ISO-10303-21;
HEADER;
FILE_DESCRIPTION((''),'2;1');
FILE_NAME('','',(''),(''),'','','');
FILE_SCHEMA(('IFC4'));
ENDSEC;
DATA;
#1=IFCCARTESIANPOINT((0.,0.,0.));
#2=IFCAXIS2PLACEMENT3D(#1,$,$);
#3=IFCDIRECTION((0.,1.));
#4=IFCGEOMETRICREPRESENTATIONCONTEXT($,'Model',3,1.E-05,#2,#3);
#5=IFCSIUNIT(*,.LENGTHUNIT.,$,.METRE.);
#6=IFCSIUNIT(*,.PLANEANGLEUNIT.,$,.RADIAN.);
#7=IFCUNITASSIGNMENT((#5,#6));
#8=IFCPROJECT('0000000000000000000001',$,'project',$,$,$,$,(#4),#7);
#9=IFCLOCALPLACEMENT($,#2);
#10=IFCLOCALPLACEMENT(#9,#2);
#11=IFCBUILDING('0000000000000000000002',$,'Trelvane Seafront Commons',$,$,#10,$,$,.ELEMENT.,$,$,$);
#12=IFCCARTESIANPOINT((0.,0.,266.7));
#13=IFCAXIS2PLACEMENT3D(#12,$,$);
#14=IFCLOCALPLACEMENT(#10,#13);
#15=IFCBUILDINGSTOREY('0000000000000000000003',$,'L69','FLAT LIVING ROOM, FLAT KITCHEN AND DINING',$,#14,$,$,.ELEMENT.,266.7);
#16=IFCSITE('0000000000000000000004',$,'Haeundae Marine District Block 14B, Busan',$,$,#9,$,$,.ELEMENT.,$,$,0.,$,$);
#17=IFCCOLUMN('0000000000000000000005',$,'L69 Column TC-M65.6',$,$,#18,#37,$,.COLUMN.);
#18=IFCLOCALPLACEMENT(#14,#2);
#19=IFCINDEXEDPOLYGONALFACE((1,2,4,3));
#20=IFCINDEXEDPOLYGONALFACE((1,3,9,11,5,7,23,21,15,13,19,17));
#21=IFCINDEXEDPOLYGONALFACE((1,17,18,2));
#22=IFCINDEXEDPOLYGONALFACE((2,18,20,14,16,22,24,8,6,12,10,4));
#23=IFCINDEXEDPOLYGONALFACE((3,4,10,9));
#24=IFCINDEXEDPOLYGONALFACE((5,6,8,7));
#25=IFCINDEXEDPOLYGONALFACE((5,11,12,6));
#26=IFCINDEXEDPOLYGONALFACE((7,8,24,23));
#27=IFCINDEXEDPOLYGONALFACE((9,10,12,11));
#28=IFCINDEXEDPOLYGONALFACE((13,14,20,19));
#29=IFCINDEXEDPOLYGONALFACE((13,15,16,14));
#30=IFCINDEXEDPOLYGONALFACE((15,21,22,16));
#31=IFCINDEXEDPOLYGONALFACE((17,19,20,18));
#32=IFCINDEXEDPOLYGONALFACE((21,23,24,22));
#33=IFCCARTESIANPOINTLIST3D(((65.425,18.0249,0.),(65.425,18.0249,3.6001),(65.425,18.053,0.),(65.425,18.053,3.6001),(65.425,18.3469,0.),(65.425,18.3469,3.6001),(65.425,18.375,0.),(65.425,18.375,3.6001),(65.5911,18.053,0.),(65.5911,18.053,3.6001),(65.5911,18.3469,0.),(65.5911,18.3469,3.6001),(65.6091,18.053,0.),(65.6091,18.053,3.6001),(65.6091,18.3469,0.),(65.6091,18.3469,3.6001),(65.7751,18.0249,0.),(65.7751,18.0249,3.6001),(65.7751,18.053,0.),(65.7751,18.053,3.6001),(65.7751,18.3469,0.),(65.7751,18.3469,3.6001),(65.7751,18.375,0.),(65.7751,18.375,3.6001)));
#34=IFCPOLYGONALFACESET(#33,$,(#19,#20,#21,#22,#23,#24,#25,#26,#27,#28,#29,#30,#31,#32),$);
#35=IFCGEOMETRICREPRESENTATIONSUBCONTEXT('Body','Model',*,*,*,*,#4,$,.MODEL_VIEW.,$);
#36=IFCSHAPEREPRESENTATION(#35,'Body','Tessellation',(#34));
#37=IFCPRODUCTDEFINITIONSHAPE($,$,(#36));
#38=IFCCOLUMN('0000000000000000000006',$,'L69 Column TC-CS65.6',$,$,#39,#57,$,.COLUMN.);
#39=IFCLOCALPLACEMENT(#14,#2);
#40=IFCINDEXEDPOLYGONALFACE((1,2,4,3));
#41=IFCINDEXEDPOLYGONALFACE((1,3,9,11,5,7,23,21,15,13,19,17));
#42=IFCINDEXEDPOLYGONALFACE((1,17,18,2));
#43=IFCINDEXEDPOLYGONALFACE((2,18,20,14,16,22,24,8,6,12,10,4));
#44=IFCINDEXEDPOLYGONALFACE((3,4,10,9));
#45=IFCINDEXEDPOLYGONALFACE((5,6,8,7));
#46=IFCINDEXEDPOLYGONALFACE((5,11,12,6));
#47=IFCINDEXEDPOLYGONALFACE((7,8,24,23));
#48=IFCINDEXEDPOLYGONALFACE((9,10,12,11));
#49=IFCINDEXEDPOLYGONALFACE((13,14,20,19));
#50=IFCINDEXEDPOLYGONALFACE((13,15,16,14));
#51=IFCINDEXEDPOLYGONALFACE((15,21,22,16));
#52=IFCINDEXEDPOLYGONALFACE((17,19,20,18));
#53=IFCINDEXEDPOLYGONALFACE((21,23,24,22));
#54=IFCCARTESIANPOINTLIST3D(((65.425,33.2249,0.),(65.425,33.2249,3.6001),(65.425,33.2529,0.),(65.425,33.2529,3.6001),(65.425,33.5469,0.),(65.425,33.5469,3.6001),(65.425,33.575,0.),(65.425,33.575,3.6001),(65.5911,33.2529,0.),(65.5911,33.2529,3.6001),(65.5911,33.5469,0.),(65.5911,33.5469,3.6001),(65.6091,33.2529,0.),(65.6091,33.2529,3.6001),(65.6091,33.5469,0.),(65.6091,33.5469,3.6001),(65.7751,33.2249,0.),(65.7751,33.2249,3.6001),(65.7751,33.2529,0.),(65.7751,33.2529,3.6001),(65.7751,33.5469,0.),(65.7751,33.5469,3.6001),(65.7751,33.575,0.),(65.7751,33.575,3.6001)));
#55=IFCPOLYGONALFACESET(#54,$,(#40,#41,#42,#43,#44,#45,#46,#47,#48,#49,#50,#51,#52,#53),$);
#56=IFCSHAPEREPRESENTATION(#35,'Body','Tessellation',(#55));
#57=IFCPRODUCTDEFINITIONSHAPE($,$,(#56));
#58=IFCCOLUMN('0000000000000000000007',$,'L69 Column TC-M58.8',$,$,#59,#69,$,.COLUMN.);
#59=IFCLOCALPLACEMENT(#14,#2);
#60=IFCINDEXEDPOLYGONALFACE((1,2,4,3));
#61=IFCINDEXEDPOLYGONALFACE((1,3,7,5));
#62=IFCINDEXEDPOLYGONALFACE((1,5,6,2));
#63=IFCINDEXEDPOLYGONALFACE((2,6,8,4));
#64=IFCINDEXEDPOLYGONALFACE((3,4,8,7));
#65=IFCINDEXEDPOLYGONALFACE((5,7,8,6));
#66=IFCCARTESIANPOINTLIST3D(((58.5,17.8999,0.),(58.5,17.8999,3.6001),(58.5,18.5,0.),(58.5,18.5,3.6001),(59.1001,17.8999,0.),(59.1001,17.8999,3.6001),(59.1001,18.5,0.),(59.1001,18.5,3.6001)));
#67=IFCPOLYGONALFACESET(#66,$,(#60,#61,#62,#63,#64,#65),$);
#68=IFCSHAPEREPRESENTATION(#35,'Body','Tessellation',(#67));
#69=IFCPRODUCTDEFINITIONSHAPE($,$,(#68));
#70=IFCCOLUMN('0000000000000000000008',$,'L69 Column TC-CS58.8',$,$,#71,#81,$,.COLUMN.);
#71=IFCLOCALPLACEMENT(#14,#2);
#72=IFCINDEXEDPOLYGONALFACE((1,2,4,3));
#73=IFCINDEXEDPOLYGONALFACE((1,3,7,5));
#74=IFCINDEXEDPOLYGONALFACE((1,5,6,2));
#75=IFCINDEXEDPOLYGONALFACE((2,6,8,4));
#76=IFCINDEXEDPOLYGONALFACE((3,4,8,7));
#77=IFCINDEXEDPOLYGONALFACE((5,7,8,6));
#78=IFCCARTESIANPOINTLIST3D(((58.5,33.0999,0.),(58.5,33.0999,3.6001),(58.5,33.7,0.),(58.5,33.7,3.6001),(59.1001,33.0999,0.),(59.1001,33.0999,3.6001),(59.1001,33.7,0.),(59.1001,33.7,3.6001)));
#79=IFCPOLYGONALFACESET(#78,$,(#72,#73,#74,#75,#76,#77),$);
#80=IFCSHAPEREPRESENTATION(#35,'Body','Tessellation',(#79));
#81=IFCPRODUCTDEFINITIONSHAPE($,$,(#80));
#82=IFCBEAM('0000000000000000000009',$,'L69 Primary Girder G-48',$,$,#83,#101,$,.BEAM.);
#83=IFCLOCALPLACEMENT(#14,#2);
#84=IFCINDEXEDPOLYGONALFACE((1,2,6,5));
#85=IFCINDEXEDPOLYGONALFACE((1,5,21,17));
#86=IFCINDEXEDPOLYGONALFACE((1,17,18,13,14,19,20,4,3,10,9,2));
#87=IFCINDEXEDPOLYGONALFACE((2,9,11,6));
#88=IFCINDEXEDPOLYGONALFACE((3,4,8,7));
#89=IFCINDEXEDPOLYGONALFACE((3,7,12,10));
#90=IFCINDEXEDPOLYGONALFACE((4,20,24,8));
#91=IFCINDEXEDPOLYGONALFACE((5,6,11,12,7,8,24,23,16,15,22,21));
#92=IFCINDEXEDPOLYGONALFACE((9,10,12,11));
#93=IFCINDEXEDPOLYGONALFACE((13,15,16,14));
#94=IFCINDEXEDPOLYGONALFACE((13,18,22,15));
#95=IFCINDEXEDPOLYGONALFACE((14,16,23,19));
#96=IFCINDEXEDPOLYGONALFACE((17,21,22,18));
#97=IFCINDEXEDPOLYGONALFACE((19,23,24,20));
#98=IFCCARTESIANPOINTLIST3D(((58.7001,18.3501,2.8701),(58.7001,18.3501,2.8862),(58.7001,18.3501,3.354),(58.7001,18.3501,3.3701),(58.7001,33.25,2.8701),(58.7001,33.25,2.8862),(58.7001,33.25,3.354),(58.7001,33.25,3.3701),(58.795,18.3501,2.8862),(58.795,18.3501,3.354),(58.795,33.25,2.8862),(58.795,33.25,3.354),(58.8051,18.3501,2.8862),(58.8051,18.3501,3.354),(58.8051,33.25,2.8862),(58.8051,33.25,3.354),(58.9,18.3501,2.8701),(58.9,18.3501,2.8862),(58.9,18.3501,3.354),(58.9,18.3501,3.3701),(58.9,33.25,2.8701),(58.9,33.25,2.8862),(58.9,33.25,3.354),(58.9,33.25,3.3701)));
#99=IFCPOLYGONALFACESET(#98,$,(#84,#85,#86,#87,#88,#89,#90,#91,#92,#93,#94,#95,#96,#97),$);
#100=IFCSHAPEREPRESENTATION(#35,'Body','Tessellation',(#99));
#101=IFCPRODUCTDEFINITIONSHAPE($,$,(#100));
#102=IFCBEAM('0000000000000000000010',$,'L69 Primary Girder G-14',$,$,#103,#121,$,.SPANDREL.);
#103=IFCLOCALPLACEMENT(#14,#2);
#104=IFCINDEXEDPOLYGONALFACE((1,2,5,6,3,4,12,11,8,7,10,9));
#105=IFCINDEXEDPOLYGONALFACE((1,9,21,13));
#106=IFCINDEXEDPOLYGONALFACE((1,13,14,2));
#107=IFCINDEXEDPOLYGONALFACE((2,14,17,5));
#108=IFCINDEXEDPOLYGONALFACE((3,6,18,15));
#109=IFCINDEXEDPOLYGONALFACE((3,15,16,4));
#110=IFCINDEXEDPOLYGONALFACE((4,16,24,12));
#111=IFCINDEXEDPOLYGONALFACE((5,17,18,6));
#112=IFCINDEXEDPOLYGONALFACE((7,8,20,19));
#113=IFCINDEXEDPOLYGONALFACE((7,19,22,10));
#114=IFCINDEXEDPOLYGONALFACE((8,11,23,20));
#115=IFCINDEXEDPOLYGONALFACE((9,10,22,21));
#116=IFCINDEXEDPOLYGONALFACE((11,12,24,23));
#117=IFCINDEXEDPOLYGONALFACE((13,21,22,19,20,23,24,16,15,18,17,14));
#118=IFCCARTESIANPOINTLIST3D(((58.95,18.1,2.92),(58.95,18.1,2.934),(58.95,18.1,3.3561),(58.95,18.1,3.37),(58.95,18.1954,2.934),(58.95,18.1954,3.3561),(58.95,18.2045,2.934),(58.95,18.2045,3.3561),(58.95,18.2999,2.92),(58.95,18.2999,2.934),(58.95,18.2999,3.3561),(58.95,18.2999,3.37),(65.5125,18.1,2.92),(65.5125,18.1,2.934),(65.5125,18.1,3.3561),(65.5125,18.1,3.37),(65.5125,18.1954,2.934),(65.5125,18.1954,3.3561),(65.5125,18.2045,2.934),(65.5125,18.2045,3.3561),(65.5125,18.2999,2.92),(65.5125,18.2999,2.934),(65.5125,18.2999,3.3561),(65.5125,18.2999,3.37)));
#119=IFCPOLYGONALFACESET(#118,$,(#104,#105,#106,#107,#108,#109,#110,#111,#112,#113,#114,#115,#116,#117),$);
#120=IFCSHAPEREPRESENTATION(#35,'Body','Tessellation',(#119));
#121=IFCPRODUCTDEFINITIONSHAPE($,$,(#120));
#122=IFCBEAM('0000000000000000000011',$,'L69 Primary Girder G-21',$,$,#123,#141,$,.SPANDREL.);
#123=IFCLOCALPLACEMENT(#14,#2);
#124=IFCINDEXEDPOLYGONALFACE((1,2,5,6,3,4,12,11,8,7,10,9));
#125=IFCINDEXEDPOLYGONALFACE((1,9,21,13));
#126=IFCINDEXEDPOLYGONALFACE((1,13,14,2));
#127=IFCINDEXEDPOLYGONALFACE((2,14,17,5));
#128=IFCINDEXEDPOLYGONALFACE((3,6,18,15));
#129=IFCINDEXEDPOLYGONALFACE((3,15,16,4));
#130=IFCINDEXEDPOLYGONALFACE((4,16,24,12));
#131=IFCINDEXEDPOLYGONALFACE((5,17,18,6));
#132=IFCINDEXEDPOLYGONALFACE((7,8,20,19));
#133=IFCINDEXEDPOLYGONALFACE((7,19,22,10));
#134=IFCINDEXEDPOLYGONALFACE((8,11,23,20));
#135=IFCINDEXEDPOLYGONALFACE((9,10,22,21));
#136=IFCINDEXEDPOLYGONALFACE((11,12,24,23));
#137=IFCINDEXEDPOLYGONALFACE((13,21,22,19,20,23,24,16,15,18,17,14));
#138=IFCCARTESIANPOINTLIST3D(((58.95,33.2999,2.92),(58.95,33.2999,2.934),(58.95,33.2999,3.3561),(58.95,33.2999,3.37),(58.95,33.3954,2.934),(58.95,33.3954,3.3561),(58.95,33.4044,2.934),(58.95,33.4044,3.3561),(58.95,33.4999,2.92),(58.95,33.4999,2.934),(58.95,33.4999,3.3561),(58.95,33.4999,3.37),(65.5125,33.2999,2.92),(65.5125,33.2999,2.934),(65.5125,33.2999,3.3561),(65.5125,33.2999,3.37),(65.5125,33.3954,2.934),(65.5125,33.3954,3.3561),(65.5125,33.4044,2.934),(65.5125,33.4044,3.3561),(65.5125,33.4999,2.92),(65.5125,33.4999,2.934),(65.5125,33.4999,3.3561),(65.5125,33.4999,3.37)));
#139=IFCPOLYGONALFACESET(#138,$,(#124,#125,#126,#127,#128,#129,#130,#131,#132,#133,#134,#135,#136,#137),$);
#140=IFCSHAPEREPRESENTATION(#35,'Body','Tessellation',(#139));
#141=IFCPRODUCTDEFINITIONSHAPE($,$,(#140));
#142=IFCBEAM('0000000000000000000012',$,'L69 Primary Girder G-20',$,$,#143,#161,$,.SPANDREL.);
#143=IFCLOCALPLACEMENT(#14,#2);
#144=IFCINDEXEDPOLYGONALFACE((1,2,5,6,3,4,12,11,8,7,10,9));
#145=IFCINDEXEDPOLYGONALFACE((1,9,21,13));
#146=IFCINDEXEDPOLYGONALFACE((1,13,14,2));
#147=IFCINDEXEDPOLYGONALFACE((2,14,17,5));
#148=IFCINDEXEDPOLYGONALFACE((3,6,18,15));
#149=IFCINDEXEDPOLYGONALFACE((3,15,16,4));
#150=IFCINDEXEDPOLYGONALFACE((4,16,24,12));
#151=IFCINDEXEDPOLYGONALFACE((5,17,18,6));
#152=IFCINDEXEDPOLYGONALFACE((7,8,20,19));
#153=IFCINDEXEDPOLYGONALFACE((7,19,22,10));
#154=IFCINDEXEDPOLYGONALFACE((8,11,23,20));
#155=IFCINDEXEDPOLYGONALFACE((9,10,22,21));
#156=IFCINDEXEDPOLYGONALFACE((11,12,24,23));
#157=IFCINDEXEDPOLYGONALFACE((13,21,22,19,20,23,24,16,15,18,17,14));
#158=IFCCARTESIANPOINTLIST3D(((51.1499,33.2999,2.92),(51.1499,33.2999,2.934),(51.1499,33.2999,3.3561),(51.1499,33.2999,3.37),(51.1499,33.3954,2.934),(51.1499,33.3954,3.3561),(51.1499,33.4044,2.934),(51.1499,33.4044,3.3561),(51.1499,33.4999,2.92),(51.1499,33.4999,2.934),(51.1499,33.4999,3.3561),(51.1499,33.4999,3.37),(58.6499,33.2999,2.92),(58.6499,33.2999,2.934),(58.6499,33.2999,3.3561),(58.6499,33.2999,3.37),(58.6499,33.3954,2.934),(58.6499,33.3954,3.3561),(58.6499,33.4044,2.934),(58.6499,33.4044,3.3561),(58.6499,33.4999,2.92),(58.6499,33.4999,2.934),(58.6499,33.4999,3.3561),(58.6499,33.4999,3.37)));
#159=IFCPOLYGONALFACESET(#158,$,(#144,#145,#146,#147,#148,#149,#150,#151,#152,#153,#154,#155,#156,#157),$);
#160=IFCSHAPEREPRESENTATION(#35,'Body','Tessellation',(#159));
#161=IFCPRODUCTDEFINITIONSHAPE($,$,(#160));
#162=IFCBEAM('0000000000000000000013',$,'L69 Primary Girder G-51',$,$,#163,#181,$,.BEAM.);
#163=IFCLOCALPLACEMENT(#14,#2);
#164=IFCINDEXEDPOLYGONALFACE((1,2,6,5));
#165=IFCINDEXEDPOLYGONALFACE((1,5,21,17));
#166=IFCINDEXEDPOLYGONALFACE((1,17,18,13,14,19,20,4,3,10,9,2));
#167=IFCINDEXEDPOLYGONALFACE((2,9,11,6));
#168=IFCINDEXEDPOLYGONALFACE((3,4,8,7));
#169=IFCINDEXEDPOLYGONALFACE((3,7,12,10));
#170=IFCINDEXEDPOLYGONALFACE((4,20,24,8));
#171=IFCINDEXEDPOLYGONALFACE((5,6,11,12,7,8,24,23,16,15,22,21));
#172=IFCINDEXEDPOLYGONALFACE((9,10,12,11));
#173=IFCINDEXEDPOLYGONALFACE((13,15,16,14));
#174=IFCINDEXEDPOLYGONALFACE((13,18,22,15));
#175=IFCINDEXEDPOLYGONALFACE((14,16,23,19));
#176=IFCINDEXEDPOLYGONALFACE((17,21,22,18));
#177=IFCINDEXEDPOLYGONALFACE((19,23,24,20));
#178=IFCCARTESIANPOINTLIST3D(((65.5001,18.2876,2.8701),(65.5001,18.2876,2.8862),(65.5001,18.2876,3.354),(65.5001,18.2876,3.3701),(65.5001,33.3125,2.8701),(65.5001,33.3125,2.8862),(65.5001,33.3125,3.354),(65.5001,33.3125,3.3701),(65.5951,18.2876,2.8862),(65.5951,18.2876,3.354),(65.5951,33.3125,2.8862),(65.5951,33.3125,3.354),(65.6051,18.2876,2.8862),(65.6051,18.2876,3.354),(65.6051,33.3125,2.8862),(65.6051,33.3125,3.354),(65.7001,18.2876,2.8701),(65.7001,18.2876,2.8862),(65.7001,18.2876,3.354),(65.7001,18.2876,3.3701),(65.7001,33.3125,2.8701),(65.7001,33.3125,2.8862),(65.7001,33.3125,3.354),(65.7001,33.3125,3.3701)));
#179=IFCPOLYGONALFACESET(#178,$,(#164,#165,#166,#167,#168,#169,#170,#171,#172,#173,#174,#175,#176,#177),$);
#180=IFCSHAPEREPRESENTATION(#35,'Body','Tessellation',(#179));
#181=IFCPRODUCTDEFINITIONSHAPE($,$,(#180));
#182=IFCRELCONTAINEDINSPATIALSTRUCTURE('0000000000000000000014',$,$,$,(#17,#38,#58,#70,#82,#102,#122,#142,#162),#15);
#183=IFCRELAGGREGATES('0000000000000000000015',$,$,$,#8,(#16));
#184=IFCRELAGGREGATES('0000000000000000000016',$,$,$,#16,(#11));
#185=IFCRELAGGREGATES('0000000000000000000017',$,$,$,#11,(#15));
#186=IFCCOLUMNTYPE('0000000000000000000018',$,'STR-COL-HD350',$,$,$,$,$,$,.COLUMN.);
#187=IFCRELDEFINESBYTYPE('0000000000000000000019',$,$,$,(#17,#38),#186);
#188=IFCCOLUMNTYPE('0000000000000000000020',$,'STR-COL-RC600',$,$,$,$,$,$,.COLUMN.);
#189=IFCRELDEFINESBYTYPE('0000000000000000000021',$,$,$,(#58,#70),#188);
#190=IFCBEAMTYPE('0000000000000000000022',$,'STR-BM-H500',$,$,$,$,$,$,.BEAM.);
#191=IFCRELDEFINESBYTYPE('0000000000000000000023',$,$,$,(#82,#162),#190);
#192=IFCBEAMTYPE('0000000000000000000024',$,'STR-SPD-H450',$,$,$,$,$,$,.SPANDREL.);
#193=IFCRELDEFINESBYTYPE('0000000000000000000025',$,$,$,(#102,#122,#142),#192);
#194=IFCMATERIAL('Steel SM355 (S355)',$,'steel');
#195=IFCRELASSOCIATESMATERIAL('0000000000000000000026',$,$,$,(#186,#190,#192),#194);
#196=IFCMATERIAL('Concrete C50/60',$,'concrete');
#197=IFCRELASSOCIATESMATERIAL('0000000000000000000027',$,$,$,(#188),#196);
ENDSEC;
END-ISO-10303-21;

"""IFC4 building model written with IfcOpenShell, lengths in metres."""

from ifc_helpers import new_model, si_unit, direction, frame, origin, origin_2d, place, context, subcontext, project, spatial, rectangle, i_section, extrude, source, transform, mapped, material, material_profile, profile_set, type_object, element, save


model = new_model("IFC4")

# Units and contexts
model_context = context("Model", 3, precision=1e-05, world=origin(), true_north=direction((0.0, 1.0)))
body_context = subcontext(model_context, "Body", "Model", "MODEL_VIEW")
ifc_project = project(units=[si_unit("LENGTHUNIT", "METRE"), si_unit("PLANEANGLEUNIT", "RADIAN")], contexts=[model_context])

# Site, building, storey
site_placement = place(None, origin())
site = spatial("IfcSite", under=ifc_project, at=site_placement, Name="Haeundae Marine District Block 14B, Busan", CompositionType="ELEMENT", RefElevation=0.0)
building_placement = place(site_placement, origin())
building = spatial("IfcBuilding", under=site, at=building_placement, Name="Trelvane Seafront Commons", CompositionType="ELEMENT")
storey_placement = place(building_placement, frame((0.0, 0.0, 266.7)))
storey = spatial("IfcBuildingStorey", under=building, at=storey_placement, Name="L69", Description="FLAT LIVING ROOM, FLAT KITCHEN AND DINING", CompositionType="ELEMENT", Elevation=266.7)

# Columns
ifc_material_1 = material(Name="Steel SM355 (S355)", Category="steel")
ifc_material_profile_1 = material_profile(ifc_material_1, i_section(OverallWidth=0.3501, OverallDepth=0.3501, WebThickness=0.0181, FlangeThickness=0.0281, at=origin_2d()), Name="HD-350x350x18x28")
ifc_profile_set_1 = profile_set([ifc_material_profile_1], Name="Steel SM355 (S355)")
column_type_1 = type_object("IfcColumnType", Name="STR-COL-HD350", PredefinedType="COLUMN", material=ifc_profile_set_1)
shared_shape_1 = source(origin(), body_context, "Body", "SweptSolid", [
    extrude(i_section(OverallWidth=0.3501, OverallDepth=0.3501, WebThickness=0.0181, FlangeThickness=0.0281, at=origin_2d()), origin(), (0.0, 0.0, 1.0), 3.6001),
])
for number, where, z_axis, x_axis, name in (
    (1, (65.6001, 18.2, 0.0), (0.0, 0.0, 1.0), (1.0, 0.0, 0.0), "L69 Column TC-M65.6"),
    (2, (65.6001, 33.3999, 0.0), (0.0, 0.0, 1.0), (1.0, 0.0, 0.0), "L69 Column TC-CS65.6"),
):
    element("IfcColumn", number, at=place(storey_placement, frame(where, z_axis=z_axis, x_axis=x_axis)), inside=storey, type_object=column_type_1, Name=name, PredefinedType="COLUMN", context=body_context, shape_type="MappedRepresentation", body=[
        mapped(shared_shape_1, transform((0.0, 0.0, 0.0), x_axis=(1.0, 0.0, 0.0), y_axis=(0.0, 1.0, 0.0), z_axis=(0.0, 0.0, 1.0), scale=1.0)),
    ])
ifc_material_2 = material(Name="Concrete C50/60", Category="concrete")
ifc_material_profile_2 = material_profile(ifc_material_2, rectangle(XDim=0.6001, YDim=0.6001, at=origin_2d()), Name="RC-600x600")
ifc_profile_set_2 = profile_set([ifc_material_profile_2], Name="Concrete C50/60")
column_type_2 = type_object("IfcColumnType", Name="STR-COL-RC600", PredefinedType="COLUMN", material=ifc_profile_set_2)
shared_shape_2 = source(origin(), body_context, "Body", "SweptSolid", [
    extrude(rectangle(XDim=0.6001, YDim=0.6001, at=origin_2d()), origin(), (0.0, 0.0, 1.0), 3.6001),
])
for number, where, z_axis, x_axis, name in (
    (3, (58.8, 18.2, 0.0), (0.0, 0.0, 1.0), (1.0, 0.0, 0.0), "L69 Column TC-M58.8"),
    (4, (58.8, 33.3999, 0.0), (0.0, 0.0, 1.0), (1.0, 0.0, 0.0), "L69 Column TC-CS58.8"),
):
    element("IfcColumn", number, at=place(storey_placement, frame(where, z_axis=z_axis, x_axis=x_axis)), inside=storey, type_object=column_type_2, Name=name, PredefinedType="COLUMN", context=body_context, shape_type="MappedRepresentation", body=[
        mapped(shared_shape_2, transform((0.0, 0.0, 0.0), x_axis=(1.0, 0.0, 0.0), y_axis=(0.0, 1.0, 0.0), z_axis=(0.0, 0.0, 1.0), scale=1.0)),
    ])

# Beams
ifc_material_profile_3 = material_profile(ifc_material_1, i_section(OverallWidth=0.2, OverallDepth=0.5, WebThickness=0.01, FlangeThickness=0.0161, at=origin_2d()), Name="H-500x200x10x16")
ifc_profile_set_3 = profile_set([ifc_material_profile_3], Name="Steel SM355 (S355)")
beam_type_1 = type_object("IfcBeamType", Name="STR-BM-H500", PredefinedType="BEAM", material=ifc_profile_set_3)
shared_shape_3 = source(origin(), body_context, "Body", "SweptSolid", [
    extrude(i_section(OverallWidth=0.2, OverallDepth=0.5, WebThickness=0.01, FlangeThickness=0.0161, at=origin_2d()), origin(), (0.0, 0.0, 1.0), 14.8999),
])
beam_1_placement = place(storey_placement, frame((58.8, 18.3501, 3.1201), z_axis=(0.0, 1.0, 0.0), x_axis=(-1.0, 0.0, 0.0)))
element("IfcBeam", 5, at=beam_1_placement, inside=storey, type_object=beam_type_1, Name="L69 Primary Girder G-48", PredefinedType="BEAM", context=body_context, shape_type="MappedRepresentation", body=[
    mapped(shared_shape_3, transform((0.0, 0.0, 0.0), x_axis=(1.0, 0.0, 0.0), y_axis=(0.0, 1.0, 0.0), z_axis=(0.0, 0.0, 1.0), scale=1.0)),
])
ifc_material_profile_4 = material_profile(ifc_material_1, i_section(OverallWidth=0.2, OverallDepth=0.45, WebThickness=0.009, FlangeThickness=0.0139, at=origin_2d()), Name="H-450x200x9x14")
ifc_profile_set_4 = profile_set([ifc_material_profile_4], Name="Steel SM355 (S355)")
beam_type_2 = type_object("IfcBeamType", Name="STR-SPD-H450", PredefinedType="SPANDREL", material=ifc_profile_set_4)
shared_shape_4 = source(origin(), body_context, "Body", "SweptSolid", [
    extrude(i_section(OverallWidth=0.2, OverallDepth=0.45, WebThickness=0.009, FlangeThickness=0.0139, at=origin_2d()), origin(), (0.0, 0.0, 1.0), 6.5625),
])
for number, where, z_axis, x_axis, name in (
    (6, (58.95, 18.2, 3.145), (1.0, 0.0, 0.0), (0.0, 1.0, 0.0), "L69 Primary Girder G-14"),
    (7, (58.95, 33.3999, 3.145), (1.0, 0.0, 0.0), (0.0, 1.0, 0.0), "L69 Primary Girder G-21"),
):
    element("IfcBeam", number, at=place(storey_placement, frame(where, z_axis=z_axis, x_axis=x_axis)), inside=storey, type_object=beam_type_2, Name=name, PredefinedType="SPANDREL", context=body_context, shape_type="MappedRepresentation", body=[
        mapped(shared_shape_4, transform((0.0, 0.0, 0.0), x_axis=(1.0, 0.0, 0.0), y_axis=(0.0, 1.0, 0.0), z_axis=(0.0, 0.0, 1.0), scale=1.0)),
    ])
shared_shape_5 = source(origin(), body_context, "Body", "SweptSolid", [
    extrude(i_section(OverallWidth=0.2, OverallDepth=0.45, WebThickness=0.009, FlangeThickness=0.0139, at=origin_2d()), origin(), (0.0, 0.0, 1.0), 7.5),
])
beam_2_placement = place(storey_placement, frame((51.1499, 33.3999, 3.145), z_axis=(1.0, 0.0, 0.0), x_axis=(0.0, 1.0, 0.0)))
element("IfcBeam", 8, at=beam_2_placement, inside=storey, type_object=beam_type_2, Name="L69 Primary Girder G-20", PredefinedType="SPANDREL", context=body_context, shape_type="MappedRepresentation", body=[
    mapped(shared_shape_5, transform((0.0, 0.0, 0.0), x_axis=(1.0, 0.0, 0.0), y_axis=(0.0, 1.0, 0.0), z_axis=(0.0, 0.0, 1.0), scale=1.0)),
])
shared_shape_6 = source(origin(), body_context, "Body", "SweptSolid", [
    extrude(i_section(OverallWidth=0.2, OverallDepth=0.5, WebThickness=0.01, FlangeThickness=0.0161, at=origin_2d()), origin(), (0.0, 0.0, 1.0), 15.0249),
])
beam_3_placement = place(storey_placement, frame((65.6001, 18.2876, 3.1201), z_axis=(0.0, 1.0, 0.0), x_axis=(-1.0, 0.0, 0.0)))
element("IfcBeam", 9, at=beam_3_placement, inside=storey, type_object=beam_type_1, Name="L69 Primary Girder G-51", PredefinedType="BEAM", context=body_context, shape_type="MappedRepresentation", body=[
    mapped(shared_shape_6, transform((0.0, 0.0, 0.0), x_axis=(1.0, 0.0, 0.0), y_axis=(0.0, 1.0, 0.0), z_axis=(0.0, 0.0, 1.0), scale=1.0)),
])

save(model, "model.ifc")
